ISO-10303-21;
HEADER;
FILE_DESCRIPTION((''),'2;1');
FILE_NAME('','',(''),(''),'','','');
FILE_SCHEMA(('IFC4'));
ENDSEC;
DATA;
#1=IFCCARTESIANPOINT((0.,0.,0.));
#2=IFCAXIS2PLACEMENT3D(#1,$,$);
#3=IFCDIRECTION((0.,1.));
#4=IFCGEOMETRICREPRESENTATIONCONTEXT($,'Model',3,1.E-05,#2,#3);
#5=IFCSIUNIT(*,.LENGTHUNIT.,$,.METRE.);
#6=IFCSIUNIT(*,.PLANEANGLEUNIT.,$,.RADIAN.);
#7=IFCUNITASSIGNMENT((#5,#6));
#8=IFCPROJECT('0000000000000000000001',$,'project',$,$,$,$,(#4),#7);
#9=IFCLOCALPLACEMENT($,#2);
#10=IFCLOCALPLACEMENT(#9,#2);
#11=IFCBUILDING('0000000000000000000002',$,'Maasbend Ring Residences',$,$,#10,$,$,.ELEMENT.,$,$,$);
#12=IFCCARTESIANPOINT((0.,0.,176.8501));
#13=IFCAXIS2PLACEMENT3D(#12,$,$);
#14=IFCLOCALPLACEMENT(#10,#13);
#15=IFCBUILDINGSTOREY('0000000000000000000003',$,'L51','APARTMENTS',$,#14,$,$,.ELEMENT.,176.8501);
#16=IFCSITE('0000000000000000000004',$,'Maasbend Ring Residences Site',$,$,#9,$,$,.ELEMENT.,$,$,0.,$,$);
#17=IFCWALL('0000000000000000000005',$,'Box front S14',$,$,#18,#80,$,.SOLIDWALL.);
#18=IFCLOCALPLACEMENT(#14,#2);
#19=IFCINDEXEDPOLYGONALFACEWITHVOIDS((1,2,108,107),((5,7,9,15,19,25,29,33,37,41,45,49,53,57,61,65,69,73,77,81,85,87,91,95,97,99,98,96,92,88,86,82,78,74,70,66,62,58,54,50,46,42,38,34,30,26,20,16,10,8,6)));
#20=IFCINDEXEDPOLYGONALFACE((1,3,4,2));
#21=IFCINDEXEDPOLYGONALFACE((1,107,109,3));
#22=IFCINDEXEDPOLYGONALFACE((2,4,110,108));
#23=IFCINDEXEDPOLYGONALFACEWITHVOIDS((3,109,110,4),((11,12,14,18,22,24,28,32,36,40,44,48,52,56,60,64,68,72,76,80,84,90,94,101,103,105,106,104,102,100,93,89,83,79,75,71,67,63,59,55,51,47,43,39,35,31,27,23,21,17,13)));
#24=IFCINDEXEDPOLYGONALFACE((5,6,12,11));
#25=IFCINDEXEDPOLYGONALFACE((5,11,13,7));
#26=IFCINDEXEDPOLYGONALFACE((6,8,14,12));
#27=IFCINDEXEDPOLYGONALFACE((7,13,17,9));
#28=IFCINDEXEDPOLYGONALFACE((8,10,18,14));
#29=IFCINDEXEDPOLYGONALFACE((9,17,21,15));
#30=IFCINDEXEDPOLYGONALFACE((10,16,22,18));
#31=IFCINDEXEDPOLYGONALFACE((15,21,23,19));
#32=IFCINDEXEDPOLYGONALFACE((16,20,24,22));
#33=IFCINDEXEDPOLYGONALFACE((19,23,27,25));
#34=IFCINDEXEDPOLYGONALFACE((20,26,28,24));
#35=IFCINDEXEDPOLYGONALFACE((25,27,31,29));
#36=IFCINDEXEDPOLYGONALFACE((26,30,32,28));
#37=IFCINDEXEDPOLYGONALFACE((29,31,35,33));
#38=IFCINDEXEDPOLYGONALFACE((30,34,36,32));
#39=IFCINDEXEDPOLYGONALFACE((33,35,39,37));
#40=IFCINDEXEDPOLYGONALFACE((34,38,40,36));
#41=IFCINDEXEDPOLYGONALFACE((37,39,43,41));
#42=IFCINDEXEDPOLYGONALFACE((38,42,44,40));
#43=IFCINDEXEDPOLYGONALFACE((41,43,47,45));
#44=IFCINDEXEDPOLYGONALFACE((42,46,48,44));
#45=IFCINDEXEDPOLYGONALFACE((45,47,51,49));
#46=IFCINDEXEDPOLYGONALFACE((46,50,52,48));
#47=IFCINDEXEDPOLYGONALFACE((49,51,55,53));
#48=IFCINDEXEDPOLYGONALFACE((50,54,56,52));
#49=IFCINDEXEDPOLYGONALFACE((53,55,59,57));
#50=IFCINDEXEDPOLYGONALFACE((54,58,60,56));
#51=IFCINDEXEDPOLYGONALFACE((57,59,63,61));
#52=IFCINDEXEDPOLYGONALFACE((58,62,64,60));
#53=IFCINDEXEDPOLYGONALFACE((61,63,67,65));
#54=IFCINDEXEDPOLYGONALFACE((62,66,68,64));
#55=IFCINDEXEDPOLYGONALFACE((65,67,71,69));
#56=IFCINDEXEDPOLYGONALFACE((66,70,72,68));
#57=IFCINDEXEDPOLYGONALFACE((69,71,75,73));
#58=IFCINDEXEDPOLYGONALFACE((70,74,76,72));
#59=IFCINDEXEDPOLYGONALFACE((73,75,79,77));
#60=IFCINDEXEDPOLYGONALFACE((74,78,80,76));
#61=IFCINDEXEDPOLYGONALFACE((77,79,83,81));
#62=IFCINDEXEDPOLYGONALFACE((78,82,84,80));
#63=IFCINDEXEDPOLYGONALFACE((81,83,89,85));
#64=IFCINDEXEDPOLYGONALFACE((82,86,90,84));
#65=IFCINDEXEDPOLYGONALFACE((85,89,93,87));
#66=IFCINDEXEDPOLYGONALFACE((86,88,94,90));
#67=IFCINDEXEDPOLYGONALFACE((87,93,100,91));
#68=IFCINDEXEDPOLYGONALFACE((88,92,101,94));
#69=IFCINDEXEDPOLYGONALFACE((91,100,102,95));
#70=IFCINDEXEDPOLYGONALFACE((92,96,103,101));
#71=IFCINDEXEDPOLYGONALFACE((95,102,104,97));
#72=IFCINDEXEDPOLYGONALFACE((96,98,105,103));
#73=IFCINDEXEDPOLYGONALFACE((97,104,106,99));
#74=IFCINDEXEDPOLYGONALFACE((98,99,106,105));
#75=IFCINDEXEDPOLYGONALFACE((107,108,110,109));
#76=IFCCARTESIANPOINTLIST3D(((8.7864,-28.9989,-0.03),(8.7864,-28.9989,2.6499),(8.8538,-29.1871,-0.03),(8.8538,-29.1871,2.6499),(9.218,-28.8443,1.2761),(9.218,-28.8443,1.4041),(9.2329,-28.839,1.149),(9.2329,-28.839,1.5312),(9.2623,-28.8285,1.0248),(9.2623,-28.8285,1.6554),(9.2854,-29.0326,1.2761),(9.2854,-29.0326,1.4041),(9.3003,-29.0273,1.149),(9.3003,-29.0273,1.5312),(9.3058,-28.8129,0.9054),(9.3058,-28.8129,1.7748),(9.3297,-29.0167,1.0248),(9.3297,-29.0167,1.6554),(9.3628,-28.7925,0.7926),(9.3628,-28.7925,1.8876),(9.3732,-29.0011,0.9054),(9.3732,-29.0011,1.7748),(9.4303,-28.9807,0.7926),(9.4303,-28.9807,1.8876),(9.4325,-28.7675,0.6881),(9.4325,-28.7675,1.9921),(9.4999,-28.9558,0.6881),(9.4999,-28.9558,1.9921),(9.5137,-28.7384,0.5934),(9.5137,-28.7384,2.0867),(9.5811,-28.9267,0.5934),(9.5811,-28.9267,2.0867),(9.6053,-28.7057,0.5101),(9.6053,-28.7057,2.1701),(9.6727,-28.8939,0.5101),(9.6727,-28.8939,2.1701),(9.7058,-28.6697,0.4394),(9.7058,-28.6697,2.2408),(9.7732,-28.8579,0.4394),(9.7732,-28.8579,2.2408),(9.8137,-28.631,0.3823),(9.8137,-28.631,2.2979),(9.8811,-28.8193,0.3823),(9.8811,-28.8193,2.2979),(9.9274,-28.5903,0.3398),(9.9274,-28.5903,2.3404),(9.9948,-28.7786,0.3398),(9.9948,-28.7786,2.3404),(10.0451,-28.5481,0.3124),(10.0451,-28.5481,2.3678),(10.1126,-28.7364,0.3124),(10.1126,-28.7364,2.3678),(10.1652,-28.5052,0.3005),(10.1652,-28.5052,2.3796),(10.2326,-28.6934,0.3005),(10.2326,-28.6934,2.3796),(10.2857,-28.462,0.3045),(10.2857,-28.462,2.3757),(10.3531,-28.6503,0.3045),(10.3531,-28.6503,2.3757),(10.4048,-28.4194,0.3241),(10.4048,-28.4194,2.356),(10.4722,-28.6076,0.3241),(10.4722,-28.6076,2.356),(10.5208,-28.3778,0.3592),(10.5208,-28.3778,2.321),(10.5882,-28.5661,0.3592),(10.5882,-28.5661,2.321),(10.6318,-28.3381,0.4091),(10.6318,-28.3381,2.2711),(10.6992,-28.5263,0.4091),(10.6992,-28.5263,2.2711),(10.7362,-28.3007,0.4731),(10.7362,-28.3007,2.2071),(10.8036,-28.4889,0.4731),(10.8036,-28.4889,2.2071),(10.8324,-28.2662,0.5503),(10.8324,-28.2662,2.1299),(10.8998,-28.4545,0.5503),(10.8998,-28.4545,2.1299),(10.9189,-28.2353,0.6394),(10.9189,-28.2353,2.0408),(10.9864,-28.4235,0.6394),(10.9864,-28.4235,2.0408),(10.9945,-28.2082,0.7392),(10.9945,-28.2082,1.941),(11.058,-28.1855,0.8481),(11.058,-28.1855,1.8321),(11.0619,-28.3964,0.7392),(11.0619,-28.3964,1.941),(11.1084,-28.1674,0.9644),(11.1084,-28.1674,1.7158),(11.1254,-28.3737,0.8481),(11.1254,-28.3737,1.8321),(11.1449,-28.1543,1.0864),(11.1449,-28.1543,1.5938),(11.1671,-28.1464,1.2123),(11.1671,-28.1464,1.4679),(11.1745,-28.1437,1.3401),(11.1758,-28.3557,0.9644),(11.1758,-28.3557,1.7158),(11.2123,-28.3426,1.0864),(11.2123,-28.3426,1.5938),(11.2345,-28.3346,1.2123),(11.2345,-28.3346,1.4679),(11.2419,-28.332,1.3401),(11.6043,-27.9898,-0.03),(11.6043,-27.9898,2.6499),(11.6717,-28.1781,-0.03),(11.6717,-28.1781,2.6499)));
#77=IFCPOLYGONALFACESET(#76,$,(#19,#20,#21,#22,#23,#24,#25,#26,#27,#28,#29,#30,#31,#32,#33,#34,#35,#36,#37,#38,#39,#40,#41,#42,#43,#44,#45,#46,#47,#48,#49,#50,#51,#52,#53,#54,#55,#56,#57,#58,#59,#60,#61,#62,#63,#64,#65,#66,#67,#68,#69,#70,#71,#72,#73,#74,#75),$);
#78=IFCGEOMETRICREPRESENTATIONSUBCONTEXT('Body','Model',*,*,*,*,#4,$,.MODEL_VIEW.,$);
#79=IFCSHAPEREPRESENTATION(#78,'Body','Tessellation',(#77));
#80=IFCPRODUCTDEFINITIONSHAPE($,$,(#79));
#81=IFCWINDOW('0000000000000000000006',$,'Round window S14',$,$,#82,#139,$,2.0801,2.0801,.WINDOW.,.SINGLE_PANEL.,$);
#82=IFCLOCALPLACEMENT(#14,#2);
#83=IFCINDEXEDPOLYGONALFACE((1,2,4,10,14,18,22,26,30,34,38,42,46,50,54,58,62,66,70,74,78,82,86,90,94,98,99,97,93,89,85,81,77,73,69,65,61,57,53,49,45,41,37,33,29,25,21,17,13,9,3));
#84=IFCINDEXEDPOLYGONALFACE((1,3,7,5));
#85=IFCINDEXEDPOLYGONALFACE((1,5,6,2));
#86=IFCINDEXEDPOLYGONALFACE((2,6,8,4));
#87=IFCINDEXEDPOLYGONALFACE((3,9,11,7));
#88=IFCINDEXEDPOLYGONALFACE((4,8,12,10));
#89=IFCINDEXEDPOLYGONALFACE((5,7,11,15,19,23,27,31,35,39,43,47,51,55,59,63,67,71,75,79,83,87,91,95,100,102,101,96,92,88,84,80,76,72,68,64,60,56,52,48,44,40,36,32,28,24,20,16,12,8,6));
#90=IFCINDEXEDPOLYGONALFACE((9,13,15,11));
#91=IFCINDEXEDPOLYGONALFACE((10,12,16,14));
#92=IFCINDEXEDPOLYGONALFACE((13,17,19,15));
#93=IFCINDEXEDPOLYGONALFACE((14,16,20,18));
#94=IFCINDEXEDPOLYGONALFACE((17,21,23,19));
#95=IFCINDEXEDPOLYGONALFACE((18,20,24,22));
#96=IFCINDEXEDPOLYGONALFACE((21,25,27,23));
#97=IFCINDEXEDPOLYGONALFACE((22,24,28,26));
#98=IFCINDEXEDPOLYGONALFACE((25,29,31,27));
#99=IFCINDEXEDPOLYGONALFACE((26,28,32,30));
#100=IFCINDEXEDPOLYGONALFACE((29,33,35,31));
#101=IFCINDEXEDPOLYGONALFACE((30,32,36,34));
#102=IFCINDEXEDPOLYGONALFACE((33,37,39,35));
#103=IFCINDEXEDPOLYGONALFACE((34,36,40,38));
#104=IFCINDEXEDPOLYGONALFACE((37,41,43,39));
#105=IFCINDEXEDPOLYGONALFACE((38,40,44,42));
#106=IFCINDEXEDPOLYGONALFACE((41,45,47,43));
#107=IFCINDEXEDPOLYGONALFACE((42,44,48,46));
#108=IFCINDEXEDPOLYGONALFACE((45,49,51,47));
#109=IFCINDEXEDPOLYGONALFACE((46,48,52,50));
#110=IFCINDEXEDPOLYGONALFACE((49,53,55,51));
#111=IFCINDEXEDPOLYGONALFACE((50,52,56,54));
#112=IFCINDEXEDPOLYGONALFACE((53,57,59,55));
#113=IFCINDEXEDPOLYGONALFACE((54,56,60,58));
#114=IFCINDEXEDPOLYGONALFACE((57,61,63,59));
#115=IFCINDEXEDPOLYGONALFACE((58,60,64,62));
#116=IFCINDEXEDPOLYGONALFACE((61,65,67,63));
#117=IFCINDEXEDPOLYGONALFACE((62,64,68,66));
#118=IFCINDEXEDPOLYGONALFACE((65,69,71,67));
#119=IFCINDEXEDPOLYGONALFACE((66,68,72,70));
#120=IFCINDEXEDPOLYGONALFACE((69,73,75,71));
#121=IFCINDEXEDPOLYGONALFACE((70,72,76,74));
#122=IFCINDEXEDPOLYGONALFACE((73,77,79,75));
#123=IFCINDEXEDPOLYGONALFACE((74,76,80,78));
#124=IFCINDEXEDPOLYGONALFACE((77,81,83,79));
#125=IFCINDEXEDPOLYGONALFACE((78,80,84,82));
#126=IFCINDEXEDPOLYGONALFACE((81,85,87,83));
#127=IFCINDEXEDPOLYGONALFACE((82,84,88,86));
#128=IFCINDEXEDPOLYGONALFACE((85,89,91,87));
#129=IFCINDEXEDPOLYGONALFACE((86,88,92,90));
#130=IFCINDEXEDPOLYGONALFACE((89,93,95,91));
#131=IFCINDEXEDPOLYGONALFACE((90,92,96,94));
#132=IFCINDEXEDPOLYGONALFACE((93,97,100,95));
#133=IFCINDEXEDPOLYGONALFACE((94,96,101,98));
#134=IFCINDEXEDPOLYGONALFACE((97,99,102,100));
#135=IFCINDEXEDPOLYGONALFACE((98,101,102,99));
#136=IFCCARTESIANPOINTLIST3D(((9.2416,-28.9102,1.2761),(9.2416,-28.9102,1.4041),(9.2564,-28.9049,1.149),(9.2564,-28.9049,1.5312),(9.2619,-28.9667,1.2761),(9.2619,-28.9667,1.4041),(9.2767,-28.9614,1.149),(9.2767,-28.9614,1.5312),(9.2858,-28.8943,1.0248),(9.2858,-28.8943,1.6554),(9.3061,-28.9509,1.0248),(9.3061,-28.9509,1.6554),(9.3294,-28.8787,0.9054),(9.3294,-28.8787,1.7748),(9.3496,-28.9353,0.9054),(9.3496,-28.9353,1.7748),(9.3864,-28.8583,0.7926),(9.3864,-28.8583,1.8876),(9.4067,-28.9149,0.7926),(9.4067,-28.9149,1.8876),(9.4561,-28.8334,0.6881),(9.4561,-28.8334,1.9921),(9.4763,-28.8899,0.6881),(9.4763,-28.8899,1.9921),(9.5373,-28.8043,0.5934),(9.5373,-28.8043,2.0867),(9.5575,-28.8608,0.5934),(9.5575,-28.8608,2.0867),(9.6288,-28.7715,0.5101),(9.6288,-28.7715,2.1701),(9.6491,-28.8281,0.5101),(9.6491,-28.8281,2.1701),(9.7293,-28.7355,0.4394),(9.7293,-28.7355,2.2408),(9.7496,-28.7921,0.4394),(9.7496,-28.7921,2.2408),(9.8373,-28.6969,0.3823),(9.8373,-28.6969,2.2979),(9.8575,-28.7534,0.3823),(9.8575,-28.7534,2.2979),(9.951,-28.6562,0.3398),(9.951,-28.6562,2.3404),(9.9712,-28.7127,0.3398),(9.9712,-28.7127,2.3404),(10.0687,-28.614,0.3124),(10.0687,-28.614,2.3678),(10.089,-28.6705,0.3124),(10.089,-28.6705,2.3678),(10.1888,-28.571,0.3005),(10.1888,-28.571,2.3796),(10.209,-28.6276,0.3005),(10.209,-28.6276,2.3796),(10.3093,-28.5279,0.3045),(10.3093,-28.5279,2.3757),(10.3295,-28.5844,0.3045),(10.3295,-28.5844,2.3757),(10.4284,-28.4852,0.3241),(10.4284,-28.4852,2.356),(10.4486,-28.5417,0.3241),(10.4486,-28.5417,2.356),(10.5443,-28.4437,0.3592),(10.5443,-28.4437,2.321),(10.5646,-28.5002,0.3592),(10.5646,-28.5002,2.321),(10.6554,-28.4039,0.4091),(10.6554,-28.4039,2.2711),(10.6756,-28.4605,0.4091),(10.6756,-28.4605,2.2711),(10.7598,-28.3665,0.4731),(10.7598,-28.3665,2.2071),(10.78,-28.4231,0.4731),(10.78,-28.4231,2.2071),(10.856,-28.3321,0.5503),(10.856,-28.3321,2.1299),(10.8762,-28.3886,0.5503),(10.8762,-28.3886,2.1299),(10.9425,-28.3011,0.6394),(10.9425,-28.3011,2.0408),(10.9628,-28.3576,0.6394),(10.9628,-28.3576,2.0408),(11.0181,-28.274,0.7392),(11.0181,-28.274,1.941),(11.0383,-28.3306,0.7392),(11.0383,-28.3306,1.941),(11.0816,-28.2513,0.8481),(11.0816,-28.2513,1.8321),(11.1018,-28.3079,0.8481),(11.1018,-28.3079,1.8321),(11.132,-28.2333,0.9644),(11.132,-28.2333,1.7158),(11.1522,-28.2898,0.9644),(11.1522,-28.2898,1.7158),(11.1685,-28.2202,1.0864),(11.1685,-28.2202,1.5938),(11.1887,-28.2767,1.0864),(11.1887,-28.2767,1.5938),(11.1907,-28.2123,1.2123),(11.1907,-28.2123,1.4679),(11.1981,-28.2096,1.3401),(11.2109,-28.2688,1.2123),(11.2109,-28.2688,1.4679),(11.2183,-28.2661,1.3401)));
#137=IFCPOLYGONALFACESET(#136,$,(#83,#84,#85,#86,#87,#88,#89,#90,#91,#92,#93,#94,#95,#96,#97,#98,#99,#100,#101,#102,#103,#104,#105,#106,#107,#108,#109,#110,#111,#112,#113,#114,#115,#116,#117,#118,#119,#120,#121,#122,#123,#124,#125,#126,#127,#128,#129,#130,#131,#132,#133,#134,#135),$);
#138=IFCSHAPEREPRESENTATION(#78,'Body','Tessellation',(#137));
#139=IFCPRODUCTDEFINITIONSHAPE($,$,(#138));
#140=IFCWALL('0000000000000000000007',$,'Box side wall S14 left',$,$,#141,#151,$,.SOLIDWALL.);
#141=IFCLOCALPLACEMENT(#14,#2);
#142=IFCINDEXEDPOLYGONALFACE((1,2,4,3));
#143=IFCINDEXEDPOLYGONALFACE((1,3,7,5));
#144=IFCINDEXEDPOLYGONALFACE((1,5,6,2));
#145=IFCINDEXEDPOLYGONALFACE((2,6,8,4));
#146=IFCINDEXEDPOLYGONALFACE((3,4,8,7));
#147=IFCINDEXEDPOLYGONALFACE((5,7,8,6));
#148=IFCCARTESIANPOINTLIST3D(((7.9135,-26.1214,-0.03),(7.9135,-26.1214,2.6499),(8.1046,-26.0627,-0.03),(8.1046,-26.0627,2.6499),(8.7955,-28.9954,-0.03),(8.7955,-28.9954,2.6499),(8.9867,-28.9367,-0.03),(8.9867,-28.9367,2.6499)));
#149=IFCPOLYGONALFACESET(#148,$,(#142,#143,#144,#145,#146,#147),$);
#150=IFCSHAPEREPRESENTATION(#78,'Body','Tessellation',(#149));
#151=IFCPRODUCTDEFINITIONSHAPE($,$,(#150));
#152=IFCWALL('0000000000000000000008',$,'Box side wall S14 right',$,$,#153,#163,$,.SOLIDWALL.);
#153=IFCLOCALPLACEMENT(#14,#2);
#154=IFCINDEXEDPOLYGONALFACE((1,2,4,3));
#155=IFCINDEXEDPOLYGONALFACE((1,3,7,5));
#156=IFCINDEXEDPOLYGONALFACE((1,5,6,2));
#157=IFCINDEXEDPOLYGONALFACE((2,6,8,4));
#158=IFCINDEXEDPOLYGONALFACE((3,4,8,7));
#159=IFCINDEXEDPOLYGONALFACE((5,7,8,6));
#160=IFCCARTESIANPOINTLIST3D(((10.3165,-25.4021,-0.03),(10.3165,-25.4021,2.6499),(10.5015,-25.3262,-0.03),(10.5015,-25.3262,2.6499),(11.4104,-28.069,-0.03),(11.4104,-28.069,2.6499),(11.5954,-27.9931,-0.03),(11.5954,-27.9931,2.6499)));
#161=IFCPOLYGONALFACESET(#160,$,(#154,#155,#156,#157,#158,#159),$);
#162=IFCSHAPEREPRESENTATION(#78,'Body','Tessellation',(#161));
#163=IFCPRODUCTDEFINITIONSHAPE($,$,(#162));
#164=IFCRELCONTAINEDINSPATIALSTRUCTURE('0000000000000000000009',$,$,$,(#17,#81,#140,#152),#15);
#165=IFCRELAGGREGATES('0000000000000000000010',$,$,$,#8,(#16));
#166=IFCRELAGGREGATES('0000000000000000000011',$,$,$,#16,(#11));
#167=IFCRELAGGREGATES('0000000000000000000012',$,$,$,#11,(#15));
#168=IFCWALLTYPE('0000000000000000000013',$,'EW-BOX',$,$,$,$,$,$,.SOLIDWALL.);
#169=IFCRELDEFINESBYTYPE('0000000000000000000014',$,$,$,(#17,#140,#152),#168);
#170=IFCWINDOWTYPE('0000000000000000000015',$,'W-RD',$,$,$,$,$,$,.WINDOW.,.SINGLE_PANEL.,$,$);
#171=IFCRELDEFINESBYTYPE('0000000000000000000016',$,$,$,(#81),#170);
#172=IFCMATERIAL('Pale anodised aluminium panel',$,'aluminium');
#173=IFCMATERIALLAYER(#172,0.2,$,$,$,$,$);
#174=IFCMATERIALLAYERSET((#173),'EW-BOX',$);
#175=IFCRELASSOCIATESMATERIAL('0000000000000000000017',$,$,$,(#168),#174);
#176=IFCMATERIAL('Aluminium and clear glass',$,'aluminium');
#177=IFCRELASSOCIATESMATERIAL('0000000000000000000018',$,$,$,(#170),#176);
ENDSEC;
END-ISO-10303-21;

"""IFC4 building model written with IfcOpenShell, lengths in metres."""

from ifc_helpers import new_model, si_unit, direction, frame, frame_2d, origin, place, context, subcontext, project, spatial, rectangle, circle, extrude, material, layer, layer_set, type_object, element, fill, save


model = new_model("IFC4")

# Units and contexts
model_context = context("Model", 3, precision=1e-05, world=origin(), true_north=direction((0.0, 1.0)))
body_context = subcontext(model_context, "Body", "Model", "MODEL_VIEW")
ifc_project = project(units=[si_unit("LENGTHUNIT", "METRE"), si_unit("PLANEANGLEUNIT", "RADIAN")], contexts=[model_context])

# Site, building, storey
site_placement = place(None, origin())
site = spatial("IfcSite", under=ifc_project, at=site_placement, Name="Maasbend Ring Residences Site", CompositionType="ELEMENT", RefElevation=0.0)
building_placement = place(site_placement, origin())
building = spatial("IfcBuilding", under=site, at=building_placement, Name="Maasbend Ring Residences", CompositionType="ELEMENT")
storey_placement = place(building_placement, frame((0.0, 0.0, 176.8501)))
storey = spatial("IfcBuildingStorey", under=building, at=storey_placement, Name="L51", Description="APARTMENTS", CompositionType="ELEMENT", Elevation=176.8501)

# Shared definitions
ifc_material_1 = material(Name="Pale anodised aluminium panel", Category="aluminium")
ifc_layer_1 = layer(ifc_material_1, 0.2)
ifc_layer_set_1 = layer_set([ifc_layer_1], Name="EW-BOX")
wall_type_1 = type_object("IfcWallType", Name="EW-BOX", PredefinedType="SOLIDWALL", material=ifc_layer_set_1)
ifc_material_2 = material(Name="Aluminium and clear glass", Category="aluminium")
window_type_1 = type_object("IfcWindowType", Name="W-RD", PartitioningType="SINGLE_PANEL", PredefinedType="WINDOW", material=ifc_material_2)

# Wall, opening, window
wall_1_placement = place(storey_placement, frame((8.8201, -29.093, -0.03), z_axis=(0.0, 0.0, 1.0), x_axis=(0.941461, 0.337122, 0.0)))
wall_1 = element("IfcWall", 1, at=wall_1_placement, inside=storey, type_object=wall_type_1, Name="Box front S14", PredefinedType="SOLIDWALL", context=body_context, shape_type="SweptSolid", body=[
    extrude(rectangle(XDim=2.9932, YDim=0.2, at=frame_2d((1.4966, 0.0))), origin(), (0.0, 0.0, 1.0), 2.6799),
])
opening_1_placement = place(wall_1_placement, frame((0.4565, 0.0, 0.3301)))
opening_1 = element("IfcOpeningElement", 2, at=opening_1_placement, cuts=wall_1, PredefinedType="OPENING", context=body_context, shape_type="SweptSolid", body=[
    extrude(circle(Radius=1.04, at=frame_2d((1.04, 1.04))), frame((0.0, 0.1099, 0.0), z_axis=(0.0, -1.0, 0.0), x_axis=(1.0, 0.0, 0.0)), (0.0, 0.0, 1.0), 0.22),
])
window_1_placement = place(opening_1_placement, origin())
window_1 = element("IfcWindow", 3, at=window_1_placement, inside=storey, type_object=window_type_1, Name="Round window S14", OverallHeight=2.0801, OverallWidth=2.0801, PartitioningType="SINGLE_PANEL", PredefinedType="WINDOW", context=body_context, shape_type="SweptSolid", body=[
    extrude(circle(Radius=1.04, at=frame_2d((1.04, 1.04))), frame((0.0, 0.03, 0.0), z_axis=(0.0, -1.0, 0.0), x_axis=(1.0, 0.0, 0.0)), (0.0, 0.0, 1.0), 0.0601),
])
fill(opening_1, window_1)

# Walls
wall_2_placement = place(storey_placement, frame((8.009, -26.092, -0.03), z_axis=(0.0, 0.0, 1.0), x_axis=(0.293407, -0.955988, 0.0)))
element("IfcWall", 4, at=wall_2_placement, inside=storey, type_object=wall_type_1, Name="Box side wall S14 left", PredefinedType="SOLIDWALL", context=body_context, shape_type="SweptSolid", body=[
    extrude(rectangle(XDim=3.0063, YDim=0.2, at=frame_2d((1.5032, 0.0))), origin(), (0.0, 0.0, 1.0), 2.6799),
])
wall_3_placement = place(storey_placement, frame((10.4089, -25.364, -0.03), z_axis=(0.0, 0.0, 1.0), x_axis=(0.37951, -0.925188, 0.0)))
element("IfcWall", 5, at=wall_3_placement, inside=storey, type_object=wall_type_1, Name="Box side wall S14 right", PredefinedType="SOLIDWALL", context=body_context, shape_type="SweptSolid", body=[
    extrude(rectangle(XDim=2.8826, YDim=0.2, at=frame_2d((1.4414, 0.0))), origin(), (0.0, 0.0, 1.0), 2.6799),
])

save(model, "model.ifc")
